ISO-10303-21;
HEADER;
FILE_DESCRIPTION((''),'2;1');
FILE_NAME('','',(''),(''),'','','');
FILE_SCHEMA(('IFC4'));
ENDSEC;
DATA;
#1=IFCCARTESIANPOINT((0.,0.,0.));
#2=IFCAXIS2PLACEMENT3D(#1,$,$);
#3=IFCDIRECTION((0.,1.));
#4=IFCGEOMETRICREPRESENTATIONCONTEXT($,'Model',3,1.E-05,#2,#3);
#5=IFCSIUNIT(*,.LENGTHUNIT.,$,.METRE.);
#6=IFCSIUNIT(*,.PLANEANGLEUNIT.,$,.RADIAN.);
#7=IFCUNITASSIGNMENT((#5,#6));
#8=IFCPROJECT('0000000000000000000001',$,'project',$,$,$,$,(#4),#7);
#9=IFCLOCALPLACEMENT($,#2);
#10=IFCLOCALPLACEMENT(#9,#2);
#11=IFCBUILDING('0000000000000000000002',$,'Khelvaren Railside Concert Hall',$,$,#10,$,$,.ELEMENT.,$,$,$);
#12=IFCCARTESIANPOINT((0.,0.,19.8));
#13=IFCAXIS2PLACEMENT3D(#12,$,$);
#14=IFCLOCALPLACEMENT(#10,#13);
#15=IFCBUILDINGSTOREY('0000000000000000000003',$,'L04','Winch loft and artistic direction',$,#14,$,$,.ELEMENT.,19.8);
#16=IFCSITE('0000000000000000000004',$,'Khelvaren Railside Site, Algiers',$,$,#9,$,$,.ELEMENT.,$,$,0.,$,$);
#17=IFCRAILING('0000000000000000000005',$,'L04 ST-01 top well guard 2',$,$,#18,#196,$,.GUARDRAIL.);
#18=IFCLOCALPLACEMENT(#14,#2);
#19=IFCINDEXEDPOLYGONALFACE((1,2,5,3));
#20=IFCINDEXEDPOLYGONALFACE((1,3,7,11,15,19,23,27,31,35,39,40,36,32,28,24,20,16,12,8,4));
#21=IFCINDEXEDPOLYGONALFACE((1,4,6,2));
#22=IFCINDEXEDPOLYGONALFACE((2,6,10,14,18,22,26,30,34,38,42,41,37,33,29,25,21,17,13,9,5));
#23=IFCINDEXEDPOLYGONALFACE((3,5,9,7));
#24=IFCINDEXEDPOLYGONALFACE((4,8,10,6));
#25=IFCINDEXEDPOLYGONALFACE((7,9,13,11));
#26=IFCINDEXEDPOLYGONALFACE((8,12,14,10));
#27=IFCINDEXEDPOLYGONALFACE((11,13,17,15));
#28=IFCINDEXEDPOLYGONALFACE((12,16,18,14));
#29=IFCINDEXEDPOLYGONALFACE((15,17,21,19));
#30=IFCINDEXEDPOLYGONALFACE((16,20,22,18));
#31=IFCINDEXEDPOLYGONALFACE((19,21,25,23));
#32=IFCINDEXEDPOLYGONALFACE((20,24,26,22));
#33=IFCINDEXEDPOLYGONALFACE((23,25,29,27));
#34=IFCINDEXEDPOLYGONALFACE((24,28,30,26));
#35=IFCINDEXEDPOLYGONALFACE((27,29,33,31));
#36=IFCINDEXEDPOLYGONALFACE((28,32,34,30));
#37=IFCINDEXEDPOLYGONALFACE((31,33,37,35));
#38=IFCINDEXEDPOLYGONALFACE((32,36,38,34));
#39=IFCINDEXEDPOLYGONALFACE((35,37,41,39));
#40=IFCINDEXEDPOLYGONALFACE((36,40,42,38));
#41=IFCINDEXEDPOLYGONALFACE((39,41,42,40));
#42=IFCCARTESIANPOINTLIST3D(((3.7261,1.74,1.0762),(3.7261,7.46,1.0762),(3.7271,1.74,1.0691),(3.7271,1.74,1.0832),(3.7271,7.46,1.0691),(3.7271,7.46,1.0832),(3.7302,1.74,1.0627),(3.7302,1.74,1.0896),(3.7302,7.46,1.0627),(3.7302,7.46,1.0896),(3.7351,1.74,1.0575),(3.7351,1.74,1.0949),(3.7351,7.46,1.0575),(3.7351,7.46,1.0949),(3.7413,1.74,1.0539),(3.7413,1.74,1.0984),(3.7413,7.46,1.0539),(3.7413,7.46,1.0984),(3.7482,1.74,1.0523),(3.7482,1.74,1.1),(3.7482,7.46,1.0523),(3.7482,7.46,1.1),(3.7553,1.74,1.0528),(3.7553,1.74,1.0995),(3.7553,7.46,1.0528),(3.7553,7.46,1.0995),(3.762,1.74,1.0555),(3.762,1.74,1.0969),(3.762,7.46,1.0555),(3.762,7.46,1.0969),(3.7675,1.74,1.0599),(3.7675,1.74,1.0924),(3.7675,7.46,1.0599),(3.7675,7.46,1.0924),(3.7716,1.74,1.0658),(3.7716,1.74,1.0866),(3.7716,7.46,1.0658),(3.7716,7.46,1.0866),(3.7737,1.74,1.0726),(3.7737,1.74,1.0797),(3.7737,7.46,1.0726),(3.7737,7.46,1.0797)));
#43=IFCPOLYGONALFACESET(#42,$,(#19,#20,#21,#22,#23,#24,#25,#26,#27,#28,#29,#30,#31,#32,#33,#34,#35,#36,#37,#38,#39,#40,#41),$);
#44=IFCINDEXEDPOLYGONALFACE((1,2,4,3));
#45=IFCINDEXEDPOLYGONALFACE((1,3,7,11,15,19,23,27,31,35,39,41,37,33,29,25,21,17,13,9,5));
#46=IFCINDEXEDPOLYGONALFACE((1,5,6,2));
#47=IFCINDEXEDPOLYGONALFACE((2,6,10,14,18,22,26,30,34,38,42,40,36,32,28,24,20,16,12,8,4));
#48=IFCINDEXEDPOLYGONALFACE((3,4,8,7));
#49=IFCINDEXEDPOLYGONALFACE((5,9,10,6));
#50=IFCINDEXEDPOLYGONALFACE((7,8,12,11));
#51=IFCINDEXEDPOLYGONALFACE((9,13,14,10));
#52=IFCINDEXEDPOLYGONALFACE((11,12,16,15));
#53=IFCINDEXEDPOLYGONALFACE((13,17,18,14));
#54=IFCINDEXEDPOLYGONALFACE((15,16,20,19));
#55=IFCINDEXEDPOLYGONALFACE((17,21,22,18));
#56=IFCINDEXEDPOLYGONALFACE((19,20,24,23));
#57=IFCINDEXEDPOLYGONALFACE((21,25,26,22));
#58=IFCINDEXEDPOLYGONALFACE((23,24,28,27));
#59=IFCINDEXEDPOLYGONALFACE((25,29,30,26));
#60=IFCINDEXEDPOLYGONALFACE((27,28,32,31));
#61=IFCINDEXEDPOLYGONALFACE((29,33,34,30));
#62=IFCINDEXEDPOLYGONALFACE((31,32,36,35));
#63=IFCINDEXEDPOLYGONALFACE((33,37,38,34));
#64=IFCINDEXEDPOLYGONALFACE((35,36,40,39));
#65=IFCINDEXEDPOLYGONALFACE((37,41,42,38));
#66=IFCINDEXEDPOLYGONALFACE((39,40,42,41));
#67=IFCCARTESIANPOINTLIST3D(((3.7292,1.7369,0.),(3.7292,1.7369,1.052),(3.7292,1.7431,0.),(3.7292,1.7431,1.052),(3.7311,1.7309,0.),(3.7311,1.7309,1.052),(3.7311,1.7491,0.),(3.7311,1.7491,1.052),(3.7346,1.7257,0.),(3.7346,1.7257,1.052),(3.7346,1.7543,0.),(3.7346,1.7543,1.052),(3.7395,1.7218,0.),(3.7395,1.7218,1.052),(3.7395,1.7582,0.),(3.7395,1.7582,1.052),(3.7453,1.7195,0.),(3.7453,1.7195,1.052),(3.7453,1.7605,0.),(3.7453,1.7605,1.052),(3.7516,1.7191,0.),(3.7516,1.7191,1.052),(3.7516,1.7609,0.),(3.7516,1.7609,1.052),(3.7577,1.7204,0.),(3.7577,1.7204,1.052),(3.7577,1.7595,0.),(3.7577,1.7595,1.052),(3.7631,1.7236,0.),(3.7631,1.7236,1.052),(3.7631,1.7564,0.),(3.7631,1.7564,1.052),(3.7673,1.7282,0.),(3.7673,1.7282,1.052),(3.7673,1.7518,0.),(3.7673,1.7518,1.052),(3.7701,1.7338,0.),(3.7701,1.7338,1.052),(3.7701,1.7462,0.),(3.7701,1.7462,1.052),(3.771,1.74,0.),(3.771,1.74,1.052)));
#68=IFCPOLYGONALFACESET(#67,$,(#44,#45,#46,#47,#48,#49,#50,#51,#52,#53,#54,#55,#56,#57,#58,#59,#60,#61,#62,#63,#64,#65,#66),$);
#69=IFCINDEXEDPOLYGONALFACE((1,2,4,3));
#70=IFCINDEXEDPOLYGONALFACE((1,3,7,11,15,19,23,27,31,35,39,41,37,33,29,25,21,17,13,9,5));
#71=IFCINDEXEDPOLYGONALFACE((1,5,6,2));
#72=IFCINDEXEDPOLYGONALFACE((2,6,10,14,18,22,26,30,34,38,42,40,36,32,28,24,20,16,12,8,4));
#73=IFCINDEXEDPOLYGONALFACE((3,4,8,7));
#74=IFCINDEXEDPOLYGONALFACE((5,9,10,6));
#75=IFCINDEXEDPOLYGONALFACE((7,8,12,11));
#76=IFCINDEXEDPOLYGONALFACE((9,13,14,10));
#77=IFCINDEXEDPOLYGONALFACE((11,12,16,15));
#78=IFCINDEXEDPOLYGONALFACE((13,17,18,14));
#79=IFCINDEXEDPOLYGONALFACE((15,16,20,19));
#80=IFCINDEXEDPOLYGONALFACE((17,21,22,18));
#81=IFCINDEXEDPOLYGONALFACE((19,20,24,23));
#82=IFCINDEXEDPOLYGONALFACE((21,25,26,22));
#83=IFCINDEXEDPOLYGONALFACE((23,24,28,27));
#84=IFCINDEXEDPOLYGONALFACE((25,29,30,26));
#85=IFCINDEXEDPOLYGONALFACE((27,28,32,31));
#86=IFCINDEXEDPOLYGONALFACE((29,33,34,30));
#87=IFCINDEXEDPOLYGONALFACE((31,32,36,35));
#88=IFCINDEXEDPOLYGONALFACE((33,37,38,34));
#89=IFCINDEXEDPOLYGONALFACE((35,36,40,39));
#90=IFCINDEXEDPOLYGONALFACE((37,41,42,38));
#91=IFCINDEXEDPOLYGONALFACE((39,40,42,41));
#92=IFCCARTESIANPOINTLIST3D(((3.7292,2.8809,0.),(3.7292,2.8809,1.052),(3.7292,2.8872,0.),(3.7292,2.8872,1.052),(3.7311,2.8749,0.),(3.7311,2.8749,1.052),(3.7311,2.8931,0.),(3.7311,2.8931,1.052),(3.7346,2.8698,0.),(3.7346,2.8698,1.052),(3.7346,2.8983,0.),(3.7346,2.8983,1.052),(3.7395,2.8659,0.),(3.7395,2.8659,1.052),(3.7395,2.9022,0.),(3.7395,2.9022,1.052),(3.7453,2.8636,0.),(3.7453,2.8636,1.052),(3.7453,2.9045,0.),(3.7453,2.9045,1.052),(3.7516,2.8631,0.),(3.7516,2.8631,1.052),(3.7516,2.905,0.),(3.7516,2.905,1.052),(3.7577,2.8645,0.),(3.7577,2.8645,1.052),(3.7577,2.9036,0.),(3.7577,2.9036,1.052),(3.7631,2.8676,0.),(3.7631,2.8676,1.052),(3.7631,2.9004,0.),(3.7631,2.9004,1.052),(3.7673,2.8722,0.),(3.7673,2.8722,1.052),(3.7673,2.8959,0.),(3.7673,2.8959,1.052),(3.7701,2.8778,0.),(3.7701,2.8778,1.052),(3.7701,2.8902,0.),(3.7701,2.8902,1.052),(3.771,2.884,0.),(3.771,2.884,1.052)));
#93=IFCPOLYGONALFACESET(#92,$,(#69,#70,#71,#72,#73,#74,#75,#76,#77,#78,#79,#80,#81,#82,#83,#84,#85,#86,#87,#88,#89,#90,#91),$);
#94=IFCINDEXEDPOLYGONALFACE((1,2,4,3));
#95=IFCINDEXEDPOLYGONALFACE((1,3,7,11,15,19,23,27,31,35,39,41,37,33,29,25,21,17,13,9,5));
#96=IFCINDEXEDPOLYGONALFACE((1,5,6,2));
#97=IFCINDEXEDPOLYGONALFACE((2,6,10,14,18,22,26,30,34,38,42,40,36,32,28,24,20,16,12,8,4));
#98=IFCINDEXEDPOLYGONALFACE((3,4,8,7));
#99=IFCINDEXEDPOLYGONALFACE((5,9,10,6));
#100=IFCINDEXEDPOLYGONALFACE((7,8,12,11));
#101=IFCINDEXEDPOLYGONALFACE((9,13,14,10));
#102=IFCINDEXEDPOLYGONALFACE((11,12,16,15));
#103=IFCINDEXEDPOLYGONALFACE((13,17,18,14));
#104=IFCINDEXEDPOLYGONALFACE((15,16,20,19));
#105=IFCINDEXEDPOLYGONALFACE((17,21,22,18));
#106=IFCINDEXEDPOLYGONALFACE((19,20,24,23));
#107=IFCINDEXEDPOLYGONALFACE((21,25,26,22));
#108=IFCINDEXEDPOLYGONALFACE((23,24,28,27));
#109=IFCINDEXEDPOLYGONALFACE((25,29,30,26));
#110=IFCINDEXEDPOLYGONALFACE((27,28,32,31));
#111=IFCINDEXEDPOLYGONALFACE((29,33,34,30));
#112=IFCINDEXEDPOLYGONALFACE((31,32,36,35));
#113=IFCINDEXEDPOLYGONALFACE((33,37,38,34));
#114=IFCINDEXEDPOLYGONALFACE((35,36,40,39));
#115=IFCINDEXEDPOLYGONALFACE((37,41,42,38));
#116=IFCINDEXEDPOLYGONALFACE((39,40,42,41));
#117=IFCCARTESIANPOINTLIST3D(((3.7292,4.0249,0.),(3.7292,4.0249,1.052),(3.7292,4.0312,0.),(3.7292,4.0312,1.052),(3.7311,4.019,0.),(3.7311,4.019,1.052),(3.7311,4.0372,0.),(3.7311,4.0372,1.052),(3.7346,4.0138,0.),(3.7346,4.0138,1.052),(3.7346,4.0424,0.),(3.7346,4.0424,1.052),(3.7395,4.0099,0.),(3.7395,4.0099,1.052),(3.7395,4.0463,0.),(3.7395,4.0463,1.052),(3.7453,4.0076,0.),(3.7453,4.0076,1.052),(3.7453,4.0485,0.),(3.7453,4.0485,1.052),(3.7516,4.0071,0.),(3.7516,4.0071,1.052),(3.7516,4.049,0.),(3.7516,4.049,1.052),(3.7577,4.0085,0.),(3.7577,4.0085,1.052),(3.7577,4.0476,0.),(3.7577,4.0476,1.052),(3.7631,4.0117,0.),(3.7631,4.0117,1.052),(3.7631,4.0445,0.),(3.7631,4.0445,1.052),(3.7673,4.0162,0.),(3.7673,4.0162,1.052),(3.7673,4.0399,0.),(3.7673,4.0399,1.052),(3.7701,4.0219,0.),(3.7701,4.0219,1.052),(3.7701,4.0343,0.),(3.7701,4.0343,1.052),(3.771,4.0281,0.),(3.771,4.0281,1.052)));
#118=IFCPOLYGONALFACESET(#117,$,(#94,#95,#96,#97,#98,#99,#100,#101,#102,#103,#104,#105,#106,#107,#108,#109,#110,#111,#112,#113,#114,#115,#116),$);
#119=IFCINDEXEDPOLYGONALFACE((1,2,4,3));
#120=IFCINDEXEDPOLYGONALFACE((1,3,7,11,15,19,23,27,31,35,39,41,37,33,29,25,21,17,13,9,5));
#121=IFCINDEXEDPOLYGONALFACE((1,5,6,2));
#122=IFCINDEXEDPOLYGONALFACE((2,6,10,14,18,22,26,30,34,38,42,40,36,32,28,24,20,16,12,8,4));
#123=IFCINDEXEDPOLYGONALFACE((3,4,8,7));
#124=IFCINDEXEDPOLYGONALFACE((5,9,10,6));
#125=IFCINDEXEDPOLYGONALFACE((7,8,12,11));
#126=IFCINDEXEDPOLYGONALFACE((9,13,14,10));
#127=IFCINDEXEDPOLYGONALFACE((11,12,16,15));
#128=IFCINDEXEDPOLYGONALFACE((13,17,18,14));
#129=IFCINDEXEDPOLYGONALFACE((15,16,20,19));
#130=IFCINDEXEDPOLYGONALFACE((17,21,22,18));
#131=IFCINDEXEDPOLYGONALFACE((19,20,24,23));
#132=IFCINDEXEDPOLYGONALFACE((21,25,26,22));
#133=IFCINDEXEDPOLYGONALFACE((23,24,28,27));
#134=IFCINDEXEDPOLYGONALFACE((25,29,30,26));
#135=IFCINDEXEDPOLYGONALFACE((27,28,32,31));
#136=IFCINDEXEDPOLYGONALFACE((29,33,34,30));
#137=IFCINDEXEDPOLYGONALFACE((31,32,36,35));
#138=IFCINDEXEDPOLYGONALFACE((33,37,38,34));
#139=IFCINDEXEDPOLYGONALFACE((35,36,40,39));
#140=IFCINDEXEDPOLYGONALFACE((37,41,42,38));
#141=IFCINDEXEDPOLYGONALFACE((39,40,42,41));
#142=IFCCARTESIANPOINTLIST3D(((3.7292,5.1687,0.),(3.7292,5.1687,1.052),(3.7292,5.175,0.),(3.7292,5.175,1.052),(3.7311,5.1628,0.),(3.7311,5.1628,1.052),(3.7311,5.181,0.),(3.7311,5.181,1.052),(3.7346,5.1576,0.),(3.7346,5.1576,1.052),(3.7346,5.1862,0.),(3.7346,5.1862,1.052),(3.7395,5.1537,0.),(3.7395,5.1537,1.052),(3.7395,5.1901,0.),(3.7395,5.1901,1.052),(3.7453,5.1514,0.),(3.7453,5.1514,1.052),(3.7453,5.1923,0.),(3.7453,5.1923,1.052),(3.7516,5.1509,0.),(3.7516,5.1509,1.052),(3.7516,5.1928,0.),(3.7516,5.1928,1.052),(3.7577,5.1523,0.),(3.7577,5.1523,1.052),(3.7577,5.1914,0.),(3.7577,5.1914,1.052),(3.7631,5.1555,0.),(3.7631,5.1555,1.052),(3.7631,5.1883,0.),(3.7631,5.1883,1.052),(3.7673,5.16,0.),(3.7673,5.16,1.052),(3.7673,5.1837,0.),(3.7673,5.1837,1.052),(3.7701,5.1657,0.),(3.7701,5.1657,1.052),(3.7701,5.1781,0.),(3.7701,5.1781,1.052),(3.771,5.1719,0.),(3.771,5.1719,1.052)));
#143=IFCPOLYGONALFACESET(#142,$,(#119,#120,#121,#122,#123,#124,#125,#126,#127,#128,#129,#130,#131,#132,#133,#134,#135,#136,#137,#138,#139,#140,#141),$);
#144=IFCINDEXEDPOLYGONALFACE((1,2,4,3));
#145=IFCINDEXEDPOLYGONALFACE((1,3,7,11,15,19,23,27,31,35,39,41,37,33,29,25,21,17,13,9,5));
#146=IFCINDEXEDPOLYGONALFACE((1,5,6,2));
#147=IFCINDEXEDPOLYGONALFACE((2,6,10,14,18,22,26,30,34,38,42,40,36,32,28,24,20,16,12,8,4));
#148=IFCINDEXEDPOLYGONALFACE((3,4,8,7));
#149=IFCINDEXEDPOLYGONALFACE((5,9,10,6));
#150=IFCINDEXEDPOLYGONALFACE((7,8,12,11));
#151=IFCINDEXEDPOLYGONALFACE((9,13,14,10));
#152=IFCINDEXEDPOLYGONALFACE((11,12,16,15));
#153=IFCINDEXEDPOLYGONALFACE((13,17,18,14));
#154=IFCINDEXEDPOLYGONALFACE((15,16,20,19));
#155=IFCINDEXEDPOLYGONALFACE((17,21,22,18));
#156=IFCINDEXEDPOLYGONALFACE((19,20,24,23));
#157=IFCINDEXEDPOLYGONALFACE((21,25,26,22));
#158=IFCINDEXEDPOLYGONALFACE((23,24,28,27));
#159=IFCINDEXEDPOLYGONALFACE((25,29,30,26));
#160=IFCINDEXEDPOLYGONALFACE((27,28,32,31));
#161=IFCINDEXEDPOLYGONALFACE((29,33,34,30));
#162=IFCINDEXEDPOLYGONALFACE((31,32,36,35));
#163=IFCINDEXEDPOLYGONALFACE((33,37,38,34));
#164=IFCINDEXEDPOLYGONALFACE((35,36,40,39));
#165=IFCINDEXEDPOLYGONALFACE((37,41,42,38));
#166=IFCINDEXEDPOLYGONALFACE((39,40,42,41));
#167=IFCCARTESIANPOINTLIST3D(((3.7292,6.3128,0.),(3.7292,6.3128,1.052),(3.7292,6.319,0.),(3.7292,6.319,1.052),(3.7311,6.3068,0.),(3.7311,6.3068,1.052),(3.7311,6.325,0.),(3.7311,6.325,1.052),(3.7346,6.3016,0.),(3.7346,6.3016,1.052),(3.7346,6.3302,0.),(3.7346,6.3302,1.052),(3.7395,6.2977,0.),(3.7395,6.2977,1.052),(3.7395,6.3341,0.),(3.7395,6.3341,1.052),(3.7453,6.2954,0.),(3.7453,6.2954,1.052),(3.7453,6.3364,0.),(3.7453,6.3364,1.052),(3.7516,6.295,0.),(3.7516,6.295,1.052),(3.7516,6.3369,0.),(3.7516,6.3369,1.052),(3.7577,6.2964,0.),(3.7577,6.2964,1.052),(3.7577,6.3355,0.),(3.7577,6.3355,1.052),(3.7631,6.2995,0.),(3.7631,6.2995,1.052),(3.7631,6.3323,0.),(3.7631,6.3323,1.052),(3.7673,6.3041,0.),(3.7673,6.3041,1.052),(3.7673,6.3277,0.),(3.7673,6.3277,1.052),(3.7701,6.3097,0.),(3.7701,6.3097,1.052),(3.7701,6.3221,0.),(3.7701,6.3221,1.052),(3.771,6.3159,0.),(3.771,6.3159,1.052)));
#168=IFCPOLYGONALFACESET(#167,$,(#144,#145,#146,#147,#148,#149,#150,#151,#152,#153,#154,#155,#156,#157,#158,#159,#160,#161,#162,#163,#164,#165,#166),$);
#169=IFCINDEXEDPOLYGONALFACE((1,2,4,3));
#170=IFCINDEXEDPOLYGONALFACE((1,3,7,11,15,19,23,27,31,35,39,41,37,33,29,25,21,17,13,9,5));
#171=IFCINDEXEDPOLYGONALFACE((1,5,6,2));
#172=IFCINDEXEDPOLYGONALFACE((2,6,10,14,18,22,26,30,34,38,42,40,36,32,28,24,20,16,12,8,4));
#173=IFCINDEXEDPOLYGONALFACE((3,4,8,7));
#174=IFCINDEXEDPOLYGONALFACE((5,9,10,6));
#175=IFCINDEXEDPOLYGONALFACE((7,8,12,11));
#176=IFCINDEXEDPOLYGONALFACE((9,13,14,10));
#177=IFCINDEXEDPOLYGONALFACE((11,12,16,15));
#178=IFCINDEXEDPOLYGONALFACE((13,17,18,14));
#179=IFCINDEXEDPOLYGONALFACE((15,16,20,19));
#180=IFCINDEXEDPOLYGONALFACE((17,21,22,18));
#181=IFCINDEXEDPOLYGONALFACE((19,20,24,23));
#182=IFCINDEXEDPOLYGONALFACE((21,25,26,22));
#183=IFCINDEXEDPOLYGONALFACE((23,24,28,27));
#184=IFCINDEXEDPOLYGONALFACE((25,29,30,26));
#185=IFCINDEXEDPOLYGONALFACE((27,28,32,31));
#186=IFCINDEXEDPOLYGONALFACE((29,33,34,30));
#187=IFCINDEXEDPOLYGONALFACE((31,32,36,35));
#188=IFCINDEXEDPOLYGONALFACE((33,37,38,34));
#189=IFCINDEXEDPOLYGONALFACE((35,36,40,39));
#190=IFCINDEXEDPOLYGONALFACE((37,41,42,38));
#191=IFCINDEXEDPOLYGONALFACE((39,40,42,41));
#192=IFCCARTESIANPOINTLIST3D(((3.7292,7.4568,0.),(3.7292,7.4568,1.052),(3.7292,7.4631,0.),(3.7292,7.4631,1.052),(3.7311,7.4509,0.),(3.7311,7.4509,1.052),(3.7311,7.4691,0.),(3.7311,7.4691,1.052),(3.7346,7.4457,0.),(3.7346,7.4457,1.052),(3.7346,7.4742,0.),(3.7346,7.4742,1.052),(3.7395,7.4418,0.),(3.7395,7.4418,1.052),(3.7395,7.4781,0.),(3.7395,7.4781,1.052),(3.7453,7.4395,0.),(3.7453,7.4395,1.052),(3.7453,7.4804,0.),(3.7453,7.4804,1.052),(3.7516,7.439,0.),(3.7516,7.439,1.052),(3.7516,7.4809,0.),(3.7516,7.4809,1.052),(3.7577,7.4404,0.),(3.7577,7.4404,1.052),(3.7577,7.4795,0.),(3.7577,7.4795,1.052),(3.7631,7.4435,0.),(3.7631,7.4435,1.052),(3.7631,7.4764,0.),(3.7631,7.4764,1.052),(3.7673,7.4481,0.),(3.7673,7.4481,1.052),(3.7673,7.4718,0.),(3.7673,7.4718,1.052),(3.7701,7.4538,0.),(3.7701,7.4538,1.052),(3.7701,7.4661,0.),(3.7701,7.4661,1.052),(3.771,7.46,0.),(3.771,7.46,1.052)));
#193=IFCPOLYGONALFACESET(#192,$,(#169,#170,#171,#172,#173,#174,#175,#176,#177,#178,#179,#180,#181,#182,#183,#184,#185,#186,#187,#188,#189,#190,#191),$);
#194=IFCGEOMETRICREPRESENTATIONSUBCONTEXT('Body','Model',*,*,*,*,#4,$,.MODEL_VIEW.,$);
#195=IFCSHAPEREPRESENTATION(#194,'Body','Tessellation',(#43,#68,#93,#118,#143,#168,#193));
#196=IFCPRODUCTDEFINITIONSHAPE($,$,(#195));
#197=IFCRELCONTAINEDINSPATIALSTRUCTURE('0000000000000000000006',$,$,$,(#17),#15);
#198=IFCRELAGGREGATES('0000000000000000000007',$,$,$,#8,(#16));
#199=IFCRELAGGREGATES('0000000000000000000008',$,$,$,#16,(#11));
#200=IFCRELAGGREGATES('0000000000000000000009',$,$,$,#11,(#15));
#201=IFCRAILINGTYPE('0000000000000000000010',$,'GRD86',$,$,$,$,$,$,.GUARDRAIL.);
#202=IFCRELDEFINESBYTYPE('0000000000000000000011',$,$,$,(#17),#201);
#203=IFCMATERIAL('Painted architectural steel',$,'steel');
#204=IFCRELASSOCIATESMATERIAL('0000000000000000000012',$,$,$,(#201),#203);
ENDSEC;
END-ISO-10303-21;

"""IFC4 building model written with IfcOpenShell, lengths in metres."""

from ifc_helpers import new_model, si_unit, direction, frame, origin, origin_2d, place, context, subcontext, project, spatial, circle, extrude, material, type_object, element, save


model = new_model("IFC4")

# Units and contexts
model_context = context("Model", 3, precision=1e-05, world=origin(), true_north=direction((0.0, 1.0)))
body_context = subcontext(model_context, "Body", "Model", "MODEL_VIEW")
ifc_project = project(units=[si_unit("LENGTHUNIT", "METRE"), si_unit("PLANEANGLEUNIT", "RADIAN")], contexts=[model_context])

# Site, building, storey
site_placement = place(None, origin())
site = spatial("IfcSite", under=ifc_project, at=site_placement, Name="Khelvaren Railside Site, Algiers", CompositionType="ELEMENT", RefElevation=0.0)
building_placement = place(site_placement, origin())
building = spatial("IfcBuilding", under=site, at=building_placement, Name="Khelvaren Railside Concert Hall", CompositionType="ELEMENT")
storey_placement = place(building_placement, frame((0.0, 0.0, 19.8)))
storey = spatial("IfcBuildingStorey", under=building, at=storey_placement, Name="L04", Description="Winch loft and artistic direction", CompositionType="ELEMENT", Elevation=19.8)

# Railing
ifc_material_1 = material(Name="Painted architectural steel", Category="steel")
railing_type = type_object("IfcRailingType", Name="GRD86", PredefinedType="GUARDRAIL", material=ifc_material_1)
for number, where, name in (
    (1, (3.75, 1.74, 0.0), "L04 ST-01 top well guard 2"),
):
    element("IfcRailing", number, at=place(storey_placement, frame(where)), inside=storey, type_object=railing_type, Name=name, PredefinedType="GUARDRAIL", context=body_context, shape_type="SweptSolid", body=[
        extrude(circle(Radius=0.0239, at=origin_2d()), frame((0.0, 0.0, 1.0762), z_axis=(0.0, 1.0, 0.0), x_axis=(-1.0, 0.0, 0.0)), (0.0, 0.0, 1.0), 5.72),
        extrude(circle(Radius=0.021, at=origin_2d()), origin(), (0.0, 0.0, 1.0), 1.052),
        extrude(circle(Radius=0.021, at=origin_2d()), frame((0.0, 1.144, 0.0)), (0.0, 0.0, 1.0), 1.052),
        extrude(circle(Radius=0.021, at=origin_2d()), frame((0.0, 2.2881, 0.0)), (0.0, 0.0, 1.0), 1.052),
        extrude(circle(Radius=0.021, at=origin_2d()), frame((0.0, 3.4319, 0.0)), (0.0, 0.0, 1.0), 1.052),
        extrude(circle(Radius=0.021, at=origin_2d()), frame((0.0, 4.5759, 0.0)), (0.0, 0.0, 1.0), 1.052),
        extrude(circle(Radius=0.021, at=origin_2d()), frame((0.0, 5.72, 0.0)), (0.0, 0.0, 1.0), 1.052),
    ])

save(model, "model.ifc")
